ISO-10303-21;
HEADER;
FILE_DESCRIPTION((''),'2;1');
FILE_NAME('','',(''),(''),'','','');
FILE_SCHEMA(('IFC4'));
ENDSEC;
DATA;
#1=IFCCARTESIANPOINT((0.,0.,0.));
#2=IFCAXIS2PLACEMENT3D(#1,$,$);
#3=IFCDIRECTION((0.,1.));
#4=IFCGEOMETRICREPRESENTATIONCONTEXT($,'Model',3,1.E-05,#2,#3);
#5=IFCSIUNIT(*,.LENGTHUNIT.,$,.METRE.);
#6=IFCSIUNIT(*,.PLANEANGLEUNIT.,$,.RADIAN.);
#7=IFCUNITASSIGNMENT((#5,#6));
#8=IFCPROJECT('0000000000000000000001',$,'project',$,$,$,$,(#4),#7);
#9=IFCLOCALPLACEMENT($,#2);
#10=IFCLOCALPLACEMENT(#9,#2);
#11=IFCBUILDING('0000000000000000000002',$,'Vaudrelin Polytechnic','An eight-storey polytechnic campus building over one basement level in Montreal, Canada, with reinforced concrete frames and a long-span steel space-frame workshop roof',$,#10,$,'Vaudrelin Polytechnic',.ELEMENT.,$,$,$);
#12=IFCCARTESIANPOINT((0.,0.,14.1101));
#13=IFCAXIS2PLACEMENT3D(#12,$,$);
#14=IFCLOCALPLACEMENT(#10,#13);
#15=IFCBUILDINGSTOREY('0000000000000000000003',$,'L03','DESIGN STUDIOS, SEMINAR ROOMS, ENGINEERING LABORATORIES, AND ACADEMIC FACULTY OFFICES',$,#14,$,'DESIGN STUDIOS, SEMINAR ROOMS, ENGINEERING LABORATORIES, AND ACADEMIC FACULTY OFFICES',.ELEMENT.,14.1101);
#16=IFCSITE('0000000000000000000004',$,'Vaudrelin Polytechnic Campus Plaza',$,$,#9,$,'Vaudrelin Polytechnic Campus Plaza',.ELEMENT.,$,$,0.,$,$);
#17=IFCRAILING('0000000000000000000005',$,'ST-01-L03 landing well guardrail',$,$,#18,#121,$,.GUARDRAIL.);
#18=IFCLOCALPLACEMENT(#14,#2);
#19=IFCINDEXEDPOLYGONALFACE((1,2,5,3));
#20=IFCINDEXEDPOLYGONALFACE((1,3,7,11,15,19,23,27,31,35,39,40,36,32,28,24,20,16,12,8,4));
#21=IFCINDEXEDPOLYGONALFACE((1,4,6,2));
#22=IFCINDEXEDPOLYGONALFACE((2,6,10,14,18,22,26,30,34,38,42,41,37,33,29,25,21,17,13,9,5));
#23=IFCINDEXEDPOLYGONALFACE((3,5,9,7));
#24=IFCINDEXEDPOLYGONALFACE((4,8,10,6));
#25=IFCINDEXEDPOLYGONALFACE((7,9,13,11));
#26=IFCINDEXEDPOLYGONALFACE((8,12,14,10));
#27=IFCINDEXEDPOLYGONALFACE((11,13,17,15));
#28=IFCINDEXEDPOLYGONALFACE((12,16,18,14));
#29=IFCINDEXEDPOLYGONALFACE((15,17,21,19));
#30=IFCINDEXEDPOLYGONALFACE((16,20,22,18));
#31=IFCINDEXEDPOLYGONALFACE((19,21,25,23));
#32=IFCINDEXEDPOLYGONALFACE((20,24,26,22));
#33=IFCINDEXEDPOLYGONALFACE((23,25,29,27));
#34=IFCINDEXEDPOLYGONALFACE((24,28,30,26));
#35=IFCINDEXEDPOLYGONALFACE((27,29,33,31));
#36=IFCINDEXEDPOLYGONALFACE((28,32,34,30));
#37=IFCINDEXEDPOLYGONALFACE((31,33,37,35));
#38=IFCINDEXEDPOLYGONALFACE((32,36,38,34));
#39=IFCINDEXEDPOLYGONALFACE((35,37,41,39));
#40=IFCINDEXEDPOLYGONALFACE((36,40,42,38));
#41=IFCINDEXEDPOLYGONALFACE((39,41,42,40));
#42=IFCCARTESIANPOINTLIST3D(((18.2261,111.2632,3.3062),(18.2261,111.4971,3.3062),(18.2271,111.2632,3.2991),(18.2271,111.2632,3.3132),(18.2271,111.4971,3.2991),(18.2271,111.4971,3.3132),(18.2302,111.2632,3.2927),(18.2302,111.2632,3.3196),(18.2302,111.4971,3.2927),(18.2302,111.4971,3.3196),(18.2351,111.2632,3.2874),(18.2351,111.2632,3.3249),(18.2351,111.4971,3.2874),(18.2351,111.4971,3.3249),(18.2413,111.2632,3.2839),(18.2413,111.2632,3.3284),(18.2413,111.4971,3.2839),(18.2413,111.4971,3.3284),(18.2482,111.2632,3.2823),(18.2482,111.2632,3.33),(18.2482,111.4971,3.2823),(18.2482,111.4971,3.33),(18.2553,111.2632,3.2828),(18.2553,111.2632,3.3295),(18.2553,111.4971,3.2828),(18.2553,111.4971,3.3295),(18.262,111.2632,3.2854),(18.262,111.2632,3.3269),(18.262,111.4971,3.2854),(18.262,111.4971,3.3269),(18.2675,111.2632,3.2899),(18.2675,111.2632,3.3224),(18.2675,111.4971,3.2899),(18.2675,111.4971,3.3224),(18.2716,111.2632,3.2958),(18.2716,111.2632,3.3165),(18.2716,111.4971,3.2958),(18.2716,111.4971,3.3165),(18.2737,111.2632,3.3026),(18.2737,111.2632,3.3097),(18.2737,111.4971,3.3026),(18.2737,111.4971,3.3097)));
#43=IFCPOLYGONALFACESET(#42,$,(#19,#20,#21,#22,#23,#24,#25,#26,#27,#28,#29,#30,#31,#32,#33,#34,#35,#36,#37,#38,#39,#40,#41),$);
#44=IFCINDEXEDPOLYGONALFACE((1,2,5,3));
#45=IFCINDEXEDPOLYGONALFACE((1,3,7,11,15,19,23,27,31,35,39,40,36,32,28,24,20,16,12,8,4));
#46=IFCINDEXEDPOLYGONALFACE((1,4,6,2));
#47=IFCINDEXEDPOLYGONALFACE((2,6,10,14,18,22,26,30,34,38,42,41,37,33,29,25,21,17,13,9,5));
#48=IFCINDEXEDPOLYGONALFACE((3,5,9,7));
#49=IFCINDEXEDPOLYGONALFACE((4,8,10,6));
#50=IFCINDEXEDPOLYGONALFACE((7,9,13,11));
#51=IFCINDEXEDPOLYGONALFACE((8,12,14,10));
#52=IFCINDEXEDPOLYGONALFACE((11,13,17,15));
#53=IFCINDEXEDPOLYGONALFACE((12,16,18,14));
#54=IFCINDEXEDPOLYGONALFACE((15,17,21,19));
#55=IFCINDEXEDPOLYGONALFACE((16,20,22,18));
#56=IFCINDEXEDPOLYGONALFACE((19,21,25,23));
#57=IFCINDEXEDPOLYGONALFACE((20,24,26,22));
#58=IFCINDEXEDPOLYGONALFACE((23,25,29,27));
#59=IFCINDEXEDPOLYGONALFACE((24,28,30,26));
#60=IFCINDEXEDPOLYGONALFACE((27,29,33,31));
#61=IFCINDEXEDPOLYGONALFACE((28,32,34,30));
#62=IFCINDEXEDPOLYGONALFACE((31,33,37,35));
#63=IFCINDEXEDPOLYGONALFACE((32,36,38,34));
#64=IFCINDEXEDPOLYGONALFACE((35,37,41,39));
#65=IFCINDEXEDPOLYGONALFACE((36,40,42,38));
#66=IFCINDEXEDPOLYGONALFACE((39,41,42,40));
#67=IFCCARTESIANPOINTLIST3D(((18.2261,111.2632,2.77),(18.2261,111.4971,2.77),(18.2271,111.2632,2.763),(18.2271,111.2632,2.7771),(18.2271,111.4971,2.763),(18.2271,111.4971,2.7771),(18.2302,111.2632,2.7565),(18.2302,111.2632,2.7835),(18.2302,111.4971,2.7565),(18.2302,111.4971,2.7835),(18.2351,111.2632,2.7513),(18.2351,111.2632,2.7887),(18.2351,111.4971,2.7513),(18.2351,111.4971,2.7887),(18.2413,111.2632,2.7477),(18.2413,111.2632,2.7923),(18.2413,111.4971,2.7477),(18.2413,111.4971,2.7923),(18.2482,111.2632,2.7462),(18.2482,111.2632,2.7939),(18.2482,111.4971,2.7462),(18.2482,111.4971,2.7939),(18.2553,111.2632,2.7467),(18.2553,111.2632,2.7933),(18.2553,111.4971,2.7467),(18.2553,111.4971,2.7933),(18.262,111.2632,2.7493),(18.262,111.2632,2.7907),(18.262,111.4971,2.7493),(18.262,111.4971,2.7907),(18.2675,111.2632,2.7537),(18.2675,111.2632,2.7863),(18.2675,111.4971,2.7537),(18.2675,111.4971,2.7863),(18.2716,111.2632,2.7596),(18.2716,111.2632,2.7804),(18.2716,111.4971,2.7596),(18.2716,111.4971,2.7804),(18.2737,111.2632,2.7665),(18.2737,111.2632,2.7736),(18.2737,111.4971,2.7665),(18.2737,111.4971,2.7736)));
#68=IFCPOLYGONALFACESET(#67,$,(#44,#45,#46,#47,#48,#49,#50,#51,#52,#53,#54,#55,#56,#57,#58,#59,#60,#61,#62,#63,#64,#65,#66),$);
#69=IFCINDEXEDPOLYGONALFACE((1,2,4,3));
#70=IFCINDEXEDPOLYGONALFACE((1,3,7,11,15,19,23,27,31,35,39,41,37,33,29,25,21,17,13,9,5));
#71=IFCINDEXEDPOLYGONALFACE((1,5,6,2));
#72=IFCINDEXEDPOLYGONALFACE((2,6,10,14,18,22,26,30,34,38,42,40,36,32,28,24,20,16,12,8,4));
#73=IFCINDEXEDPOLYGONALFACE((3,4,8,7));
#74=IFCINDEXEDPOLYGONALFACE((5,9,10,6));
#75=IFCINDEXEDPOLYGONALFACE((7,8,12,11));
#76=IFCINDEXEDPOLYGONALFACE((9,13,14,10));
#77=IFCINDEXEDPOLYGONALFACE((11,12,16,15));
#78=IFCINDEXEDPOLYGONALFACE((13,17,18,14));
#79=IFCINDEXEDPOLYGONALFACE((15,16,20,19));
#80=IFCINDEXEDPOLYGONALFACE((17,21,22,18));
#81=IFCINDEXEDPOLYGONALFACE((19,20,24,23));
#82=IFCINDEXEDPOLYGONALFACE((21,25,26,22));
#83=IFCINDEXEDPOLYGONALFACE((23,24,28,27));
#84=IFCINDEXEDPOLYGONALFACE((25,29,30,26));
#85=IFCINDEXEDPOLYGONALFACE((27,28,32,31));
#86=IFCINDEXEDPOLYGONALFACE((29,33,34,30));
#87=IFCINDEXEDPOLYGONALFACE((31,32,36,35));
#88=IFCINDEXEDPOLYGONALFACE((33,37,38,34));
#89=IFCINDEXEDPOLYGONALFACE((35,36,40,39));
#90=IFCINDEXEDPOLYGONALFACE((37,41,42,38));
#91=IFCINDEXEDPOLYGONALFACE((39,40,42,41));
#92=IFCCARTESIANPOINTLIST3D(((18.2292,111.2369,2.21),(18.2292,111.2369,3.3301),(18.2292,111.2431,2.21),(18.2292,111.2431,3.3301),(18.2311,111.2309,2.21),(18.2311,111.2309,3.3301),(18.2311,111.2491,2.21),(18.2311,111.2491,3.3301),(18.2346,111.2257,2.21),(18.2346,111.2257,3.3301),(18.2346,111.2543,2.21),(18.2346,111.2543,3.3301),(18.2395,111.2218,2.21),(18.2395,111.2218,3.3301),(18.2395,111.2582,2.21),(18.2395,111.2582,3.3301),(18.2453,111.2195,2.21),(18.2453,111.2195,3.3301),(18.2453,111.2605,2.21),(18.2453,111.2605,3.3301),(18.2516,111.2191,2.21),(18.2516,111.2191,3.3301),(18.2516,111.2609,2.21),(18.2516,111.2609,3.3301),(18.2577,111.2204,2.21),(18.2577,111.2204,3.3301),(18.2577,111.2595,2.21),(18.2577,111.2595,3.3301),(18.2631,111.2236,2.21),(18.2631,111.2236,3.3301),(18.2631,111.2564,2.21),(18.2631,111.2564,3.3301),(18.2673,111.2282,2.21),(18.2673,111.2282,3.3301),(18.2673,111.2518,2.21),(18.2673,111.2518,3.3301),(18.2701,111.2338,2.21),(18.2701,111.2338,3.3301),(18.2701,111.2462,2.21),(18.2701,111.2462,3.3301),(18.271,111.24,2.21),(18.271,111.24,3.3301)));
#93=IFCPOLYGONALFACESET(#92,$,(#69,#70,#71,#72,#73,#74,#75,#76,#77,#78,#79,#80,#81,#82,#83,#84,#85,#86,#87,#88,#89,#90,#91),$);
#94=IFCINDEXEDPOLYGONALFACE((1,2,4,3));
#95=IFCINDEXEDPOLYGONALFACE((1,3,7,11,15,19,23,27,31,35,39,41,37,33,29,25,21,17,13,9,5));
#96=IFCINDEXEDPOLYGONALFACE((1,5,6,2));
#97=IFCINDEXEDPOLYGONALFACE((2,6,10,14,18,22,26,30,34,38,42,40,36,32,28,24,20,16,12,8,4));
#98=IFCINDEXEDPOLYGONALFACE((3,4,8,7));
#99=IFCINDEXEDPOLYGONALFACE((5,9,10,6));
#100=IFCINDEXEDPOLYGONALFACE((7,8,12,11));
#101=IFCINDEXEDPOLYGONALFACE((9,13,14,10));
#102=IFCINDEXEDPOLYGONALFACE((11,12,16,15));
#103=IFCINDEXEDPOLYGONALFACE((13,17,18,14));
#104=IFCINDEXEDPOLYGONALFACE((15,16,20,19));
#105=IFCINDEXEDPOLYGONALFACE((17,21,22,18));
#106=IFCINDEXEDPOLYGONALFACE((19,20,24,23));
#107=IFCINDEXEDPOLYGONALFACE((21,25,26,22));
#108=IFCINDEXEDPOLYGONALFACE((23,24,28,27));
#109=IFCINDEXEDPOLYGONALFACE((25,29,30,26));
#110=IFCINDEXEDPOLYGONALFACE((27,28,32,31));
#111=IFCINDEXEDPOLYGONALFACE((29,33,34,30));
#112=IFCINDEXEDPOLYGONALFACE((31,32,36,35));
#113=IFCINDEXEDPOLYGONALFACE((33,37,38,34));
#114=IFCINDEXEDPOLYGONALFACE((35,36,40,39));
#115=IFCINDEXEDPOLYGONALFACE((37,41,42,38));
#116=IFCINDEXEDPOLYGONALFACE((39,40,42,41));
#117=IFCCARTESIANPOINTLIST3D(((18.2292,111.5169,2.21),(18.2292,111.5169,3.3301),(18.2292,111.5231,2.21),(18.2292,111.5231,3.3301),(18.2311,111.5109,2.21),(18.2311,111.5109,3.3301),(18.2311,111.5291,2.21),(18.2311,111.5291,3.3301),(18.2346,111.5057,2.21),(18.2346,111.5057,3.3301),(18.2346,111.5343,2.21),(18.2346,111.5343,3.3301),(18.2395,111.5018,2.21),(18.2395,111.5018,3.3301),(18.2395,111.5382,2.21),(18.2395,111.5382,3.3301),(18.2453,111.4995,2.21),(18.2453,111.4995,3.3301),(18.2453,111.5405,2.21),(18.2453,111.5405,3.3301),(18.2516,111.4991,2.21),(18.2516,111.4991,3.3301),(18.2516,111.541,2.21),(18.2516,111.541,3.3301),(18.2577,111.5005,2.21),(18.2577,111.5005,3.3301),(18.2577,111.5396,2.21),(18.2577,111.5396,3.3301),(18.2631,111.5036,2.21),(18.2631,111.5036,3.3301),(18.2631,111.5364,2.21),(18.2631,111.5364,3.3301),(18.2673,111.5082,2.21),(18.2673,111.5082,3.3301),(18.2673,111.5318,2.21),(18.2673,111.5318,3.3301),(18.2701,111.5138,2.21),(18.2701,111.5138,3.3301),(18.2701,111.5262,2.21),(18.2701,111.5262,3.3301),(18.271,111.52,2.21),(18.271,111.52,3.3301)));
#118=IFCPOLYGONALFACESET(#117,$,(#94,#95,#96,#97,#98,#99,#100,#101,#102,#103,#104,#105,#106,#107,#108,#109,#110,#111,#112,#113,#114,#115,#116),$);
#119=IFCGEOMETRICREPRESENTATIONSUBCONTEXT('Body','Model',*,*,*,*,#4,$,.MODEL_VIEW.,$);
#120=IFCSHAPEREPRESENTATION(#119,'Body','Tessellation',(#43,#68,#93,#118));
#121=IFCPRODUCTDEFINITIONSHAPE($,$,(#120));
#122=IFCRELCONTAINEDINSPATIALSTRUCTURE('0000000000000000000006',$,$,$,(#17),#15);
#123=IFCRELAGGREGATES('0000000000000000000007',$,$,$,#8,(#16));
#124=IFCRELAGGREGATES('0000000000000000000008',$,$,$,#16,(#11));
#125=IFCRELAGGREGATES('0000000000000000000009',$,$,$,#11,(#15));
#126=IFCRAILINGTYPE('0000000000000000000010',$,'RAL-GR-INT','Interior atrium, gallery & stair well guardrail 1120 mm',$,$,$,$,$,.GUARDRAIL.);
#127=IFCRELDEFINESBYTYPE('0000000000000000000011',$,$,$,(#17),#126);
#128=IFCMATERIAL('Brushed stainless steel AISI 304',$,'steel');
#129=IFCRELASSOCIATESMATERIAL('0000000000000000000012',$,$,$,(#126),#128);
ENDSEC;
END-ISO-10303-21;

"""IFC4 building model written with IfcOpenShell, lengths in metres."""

from ifc_helpers import new_model, si_unit, direction, frame, origin, origin_2d, place, context, subcontext, project, spatial, circle, extrude, material, type_object, element, save


model = new_model("IFC4")

# Units and contexts
model_context = context("Model", 3, precision=1e-05, world=origin(), true_north=direction((0.0, 1.0)))
body_context = subcontext(model_context, "Body", "Model", "MODEL_VIEW")
ifc_project = project(units=[si_unit("LENGTHUNIT", "METRE"), si_unit("PLANEANGLEUNIT", "RADIAN")], contexts=[model_context])

# Site, building, storey
site_placement = place(None, origin())
site = spatial("IfcSite", under=ifc_project, at=site_placement, Name="Vaudrelin Polytechnic Campus Plaza", LongName="Vaudrelin Polytechnic Campus Plaza", CompositionType="ELEMENT", RefElevation=0.0)
building_placement = place(site_placement, origin())
building = spatial("IfcBuilding", under=site, at=building_placement, Name="Vaudrelin Polytechnic", Description="An eight-storey polytechnic campus building over one basement level in Montreal, Canada, with reinforced concrete frames and a long-span steel space-frame workshop roof", LongName="Vaudrelin Polytechnic", CompositionType="ELEMENT")
storey_placement = place(building_placement, frame((0.0, 0.0, 14.1101)))
storey = spatial("IfcBuildingStorey", under=building, at=storey_placement, Name="L03", Description="DESIGN STUDIOS, SEMINAR ROOMS, ENGINEERING LABORATORIES, AND ACADEMIC FACULTY OFFICES", LongName="DESIGN STUDIOS, SEMINAR ROOMS, ENGINEERING LABORATORIES, AND ACADEMIC FACULTY OFFICES", CompositionType="ELEMENT", Elevation=14.1101)

# Shared definitions
ifc_material_1 = material(Name="Brushed stainless steel AISI 304", Category="steel")

# Railing
railing_type_1 = type_object("IfcRailingType", Name="RAL-GR-INT", Description="Interior atrium, gallery & stair well guardrail 1120 mm", PredefinedType="GUARDRAIL", material=ifc_material_1)
railing_1_placement = place(storey_placement, frame((18.25, 111.24, 2.21)))
element("IfcRailing", 1, at=railing_1_placement, inside=storey, type_object=railing_type_1, Name="ST-01-L03 landing well guardrail", PredefinedType="GUARDRAIL", context=body_context, shape_type="SweptSolid", body=[
    extrude(circle(Radius=0.0239, at=origin_2d()), frame((0.0, 0.0232, 1.0962), z_axis=(0.0, 1.0, 0.0), x_axis=(-1.0, 0.0, 0.0)), (0.0, 0.0, 1.0), 0.2339),
    extrude(circle(Radius=0.0239, at=origin_2d()), frame((0.0, 0.0232, 0.5601), z_axis=(0.0, 1.0, 0.0), x_axis=(-1.0, 0.0, 0.0)), (0.0, 0.0, 1.0), 0.2339),
    extrude(circle(Radius=0.021, at=origin_2d()), origin(), (0.0, 0.0, 1.0), 1.1201),
    extrude(circle(Radius=0.021, at=origin_2d()), frame((0.0, 0.28, 0.0)), (0.0, 0.0, 1.0), 1.1201),
])

save(model, "model.ifc")
